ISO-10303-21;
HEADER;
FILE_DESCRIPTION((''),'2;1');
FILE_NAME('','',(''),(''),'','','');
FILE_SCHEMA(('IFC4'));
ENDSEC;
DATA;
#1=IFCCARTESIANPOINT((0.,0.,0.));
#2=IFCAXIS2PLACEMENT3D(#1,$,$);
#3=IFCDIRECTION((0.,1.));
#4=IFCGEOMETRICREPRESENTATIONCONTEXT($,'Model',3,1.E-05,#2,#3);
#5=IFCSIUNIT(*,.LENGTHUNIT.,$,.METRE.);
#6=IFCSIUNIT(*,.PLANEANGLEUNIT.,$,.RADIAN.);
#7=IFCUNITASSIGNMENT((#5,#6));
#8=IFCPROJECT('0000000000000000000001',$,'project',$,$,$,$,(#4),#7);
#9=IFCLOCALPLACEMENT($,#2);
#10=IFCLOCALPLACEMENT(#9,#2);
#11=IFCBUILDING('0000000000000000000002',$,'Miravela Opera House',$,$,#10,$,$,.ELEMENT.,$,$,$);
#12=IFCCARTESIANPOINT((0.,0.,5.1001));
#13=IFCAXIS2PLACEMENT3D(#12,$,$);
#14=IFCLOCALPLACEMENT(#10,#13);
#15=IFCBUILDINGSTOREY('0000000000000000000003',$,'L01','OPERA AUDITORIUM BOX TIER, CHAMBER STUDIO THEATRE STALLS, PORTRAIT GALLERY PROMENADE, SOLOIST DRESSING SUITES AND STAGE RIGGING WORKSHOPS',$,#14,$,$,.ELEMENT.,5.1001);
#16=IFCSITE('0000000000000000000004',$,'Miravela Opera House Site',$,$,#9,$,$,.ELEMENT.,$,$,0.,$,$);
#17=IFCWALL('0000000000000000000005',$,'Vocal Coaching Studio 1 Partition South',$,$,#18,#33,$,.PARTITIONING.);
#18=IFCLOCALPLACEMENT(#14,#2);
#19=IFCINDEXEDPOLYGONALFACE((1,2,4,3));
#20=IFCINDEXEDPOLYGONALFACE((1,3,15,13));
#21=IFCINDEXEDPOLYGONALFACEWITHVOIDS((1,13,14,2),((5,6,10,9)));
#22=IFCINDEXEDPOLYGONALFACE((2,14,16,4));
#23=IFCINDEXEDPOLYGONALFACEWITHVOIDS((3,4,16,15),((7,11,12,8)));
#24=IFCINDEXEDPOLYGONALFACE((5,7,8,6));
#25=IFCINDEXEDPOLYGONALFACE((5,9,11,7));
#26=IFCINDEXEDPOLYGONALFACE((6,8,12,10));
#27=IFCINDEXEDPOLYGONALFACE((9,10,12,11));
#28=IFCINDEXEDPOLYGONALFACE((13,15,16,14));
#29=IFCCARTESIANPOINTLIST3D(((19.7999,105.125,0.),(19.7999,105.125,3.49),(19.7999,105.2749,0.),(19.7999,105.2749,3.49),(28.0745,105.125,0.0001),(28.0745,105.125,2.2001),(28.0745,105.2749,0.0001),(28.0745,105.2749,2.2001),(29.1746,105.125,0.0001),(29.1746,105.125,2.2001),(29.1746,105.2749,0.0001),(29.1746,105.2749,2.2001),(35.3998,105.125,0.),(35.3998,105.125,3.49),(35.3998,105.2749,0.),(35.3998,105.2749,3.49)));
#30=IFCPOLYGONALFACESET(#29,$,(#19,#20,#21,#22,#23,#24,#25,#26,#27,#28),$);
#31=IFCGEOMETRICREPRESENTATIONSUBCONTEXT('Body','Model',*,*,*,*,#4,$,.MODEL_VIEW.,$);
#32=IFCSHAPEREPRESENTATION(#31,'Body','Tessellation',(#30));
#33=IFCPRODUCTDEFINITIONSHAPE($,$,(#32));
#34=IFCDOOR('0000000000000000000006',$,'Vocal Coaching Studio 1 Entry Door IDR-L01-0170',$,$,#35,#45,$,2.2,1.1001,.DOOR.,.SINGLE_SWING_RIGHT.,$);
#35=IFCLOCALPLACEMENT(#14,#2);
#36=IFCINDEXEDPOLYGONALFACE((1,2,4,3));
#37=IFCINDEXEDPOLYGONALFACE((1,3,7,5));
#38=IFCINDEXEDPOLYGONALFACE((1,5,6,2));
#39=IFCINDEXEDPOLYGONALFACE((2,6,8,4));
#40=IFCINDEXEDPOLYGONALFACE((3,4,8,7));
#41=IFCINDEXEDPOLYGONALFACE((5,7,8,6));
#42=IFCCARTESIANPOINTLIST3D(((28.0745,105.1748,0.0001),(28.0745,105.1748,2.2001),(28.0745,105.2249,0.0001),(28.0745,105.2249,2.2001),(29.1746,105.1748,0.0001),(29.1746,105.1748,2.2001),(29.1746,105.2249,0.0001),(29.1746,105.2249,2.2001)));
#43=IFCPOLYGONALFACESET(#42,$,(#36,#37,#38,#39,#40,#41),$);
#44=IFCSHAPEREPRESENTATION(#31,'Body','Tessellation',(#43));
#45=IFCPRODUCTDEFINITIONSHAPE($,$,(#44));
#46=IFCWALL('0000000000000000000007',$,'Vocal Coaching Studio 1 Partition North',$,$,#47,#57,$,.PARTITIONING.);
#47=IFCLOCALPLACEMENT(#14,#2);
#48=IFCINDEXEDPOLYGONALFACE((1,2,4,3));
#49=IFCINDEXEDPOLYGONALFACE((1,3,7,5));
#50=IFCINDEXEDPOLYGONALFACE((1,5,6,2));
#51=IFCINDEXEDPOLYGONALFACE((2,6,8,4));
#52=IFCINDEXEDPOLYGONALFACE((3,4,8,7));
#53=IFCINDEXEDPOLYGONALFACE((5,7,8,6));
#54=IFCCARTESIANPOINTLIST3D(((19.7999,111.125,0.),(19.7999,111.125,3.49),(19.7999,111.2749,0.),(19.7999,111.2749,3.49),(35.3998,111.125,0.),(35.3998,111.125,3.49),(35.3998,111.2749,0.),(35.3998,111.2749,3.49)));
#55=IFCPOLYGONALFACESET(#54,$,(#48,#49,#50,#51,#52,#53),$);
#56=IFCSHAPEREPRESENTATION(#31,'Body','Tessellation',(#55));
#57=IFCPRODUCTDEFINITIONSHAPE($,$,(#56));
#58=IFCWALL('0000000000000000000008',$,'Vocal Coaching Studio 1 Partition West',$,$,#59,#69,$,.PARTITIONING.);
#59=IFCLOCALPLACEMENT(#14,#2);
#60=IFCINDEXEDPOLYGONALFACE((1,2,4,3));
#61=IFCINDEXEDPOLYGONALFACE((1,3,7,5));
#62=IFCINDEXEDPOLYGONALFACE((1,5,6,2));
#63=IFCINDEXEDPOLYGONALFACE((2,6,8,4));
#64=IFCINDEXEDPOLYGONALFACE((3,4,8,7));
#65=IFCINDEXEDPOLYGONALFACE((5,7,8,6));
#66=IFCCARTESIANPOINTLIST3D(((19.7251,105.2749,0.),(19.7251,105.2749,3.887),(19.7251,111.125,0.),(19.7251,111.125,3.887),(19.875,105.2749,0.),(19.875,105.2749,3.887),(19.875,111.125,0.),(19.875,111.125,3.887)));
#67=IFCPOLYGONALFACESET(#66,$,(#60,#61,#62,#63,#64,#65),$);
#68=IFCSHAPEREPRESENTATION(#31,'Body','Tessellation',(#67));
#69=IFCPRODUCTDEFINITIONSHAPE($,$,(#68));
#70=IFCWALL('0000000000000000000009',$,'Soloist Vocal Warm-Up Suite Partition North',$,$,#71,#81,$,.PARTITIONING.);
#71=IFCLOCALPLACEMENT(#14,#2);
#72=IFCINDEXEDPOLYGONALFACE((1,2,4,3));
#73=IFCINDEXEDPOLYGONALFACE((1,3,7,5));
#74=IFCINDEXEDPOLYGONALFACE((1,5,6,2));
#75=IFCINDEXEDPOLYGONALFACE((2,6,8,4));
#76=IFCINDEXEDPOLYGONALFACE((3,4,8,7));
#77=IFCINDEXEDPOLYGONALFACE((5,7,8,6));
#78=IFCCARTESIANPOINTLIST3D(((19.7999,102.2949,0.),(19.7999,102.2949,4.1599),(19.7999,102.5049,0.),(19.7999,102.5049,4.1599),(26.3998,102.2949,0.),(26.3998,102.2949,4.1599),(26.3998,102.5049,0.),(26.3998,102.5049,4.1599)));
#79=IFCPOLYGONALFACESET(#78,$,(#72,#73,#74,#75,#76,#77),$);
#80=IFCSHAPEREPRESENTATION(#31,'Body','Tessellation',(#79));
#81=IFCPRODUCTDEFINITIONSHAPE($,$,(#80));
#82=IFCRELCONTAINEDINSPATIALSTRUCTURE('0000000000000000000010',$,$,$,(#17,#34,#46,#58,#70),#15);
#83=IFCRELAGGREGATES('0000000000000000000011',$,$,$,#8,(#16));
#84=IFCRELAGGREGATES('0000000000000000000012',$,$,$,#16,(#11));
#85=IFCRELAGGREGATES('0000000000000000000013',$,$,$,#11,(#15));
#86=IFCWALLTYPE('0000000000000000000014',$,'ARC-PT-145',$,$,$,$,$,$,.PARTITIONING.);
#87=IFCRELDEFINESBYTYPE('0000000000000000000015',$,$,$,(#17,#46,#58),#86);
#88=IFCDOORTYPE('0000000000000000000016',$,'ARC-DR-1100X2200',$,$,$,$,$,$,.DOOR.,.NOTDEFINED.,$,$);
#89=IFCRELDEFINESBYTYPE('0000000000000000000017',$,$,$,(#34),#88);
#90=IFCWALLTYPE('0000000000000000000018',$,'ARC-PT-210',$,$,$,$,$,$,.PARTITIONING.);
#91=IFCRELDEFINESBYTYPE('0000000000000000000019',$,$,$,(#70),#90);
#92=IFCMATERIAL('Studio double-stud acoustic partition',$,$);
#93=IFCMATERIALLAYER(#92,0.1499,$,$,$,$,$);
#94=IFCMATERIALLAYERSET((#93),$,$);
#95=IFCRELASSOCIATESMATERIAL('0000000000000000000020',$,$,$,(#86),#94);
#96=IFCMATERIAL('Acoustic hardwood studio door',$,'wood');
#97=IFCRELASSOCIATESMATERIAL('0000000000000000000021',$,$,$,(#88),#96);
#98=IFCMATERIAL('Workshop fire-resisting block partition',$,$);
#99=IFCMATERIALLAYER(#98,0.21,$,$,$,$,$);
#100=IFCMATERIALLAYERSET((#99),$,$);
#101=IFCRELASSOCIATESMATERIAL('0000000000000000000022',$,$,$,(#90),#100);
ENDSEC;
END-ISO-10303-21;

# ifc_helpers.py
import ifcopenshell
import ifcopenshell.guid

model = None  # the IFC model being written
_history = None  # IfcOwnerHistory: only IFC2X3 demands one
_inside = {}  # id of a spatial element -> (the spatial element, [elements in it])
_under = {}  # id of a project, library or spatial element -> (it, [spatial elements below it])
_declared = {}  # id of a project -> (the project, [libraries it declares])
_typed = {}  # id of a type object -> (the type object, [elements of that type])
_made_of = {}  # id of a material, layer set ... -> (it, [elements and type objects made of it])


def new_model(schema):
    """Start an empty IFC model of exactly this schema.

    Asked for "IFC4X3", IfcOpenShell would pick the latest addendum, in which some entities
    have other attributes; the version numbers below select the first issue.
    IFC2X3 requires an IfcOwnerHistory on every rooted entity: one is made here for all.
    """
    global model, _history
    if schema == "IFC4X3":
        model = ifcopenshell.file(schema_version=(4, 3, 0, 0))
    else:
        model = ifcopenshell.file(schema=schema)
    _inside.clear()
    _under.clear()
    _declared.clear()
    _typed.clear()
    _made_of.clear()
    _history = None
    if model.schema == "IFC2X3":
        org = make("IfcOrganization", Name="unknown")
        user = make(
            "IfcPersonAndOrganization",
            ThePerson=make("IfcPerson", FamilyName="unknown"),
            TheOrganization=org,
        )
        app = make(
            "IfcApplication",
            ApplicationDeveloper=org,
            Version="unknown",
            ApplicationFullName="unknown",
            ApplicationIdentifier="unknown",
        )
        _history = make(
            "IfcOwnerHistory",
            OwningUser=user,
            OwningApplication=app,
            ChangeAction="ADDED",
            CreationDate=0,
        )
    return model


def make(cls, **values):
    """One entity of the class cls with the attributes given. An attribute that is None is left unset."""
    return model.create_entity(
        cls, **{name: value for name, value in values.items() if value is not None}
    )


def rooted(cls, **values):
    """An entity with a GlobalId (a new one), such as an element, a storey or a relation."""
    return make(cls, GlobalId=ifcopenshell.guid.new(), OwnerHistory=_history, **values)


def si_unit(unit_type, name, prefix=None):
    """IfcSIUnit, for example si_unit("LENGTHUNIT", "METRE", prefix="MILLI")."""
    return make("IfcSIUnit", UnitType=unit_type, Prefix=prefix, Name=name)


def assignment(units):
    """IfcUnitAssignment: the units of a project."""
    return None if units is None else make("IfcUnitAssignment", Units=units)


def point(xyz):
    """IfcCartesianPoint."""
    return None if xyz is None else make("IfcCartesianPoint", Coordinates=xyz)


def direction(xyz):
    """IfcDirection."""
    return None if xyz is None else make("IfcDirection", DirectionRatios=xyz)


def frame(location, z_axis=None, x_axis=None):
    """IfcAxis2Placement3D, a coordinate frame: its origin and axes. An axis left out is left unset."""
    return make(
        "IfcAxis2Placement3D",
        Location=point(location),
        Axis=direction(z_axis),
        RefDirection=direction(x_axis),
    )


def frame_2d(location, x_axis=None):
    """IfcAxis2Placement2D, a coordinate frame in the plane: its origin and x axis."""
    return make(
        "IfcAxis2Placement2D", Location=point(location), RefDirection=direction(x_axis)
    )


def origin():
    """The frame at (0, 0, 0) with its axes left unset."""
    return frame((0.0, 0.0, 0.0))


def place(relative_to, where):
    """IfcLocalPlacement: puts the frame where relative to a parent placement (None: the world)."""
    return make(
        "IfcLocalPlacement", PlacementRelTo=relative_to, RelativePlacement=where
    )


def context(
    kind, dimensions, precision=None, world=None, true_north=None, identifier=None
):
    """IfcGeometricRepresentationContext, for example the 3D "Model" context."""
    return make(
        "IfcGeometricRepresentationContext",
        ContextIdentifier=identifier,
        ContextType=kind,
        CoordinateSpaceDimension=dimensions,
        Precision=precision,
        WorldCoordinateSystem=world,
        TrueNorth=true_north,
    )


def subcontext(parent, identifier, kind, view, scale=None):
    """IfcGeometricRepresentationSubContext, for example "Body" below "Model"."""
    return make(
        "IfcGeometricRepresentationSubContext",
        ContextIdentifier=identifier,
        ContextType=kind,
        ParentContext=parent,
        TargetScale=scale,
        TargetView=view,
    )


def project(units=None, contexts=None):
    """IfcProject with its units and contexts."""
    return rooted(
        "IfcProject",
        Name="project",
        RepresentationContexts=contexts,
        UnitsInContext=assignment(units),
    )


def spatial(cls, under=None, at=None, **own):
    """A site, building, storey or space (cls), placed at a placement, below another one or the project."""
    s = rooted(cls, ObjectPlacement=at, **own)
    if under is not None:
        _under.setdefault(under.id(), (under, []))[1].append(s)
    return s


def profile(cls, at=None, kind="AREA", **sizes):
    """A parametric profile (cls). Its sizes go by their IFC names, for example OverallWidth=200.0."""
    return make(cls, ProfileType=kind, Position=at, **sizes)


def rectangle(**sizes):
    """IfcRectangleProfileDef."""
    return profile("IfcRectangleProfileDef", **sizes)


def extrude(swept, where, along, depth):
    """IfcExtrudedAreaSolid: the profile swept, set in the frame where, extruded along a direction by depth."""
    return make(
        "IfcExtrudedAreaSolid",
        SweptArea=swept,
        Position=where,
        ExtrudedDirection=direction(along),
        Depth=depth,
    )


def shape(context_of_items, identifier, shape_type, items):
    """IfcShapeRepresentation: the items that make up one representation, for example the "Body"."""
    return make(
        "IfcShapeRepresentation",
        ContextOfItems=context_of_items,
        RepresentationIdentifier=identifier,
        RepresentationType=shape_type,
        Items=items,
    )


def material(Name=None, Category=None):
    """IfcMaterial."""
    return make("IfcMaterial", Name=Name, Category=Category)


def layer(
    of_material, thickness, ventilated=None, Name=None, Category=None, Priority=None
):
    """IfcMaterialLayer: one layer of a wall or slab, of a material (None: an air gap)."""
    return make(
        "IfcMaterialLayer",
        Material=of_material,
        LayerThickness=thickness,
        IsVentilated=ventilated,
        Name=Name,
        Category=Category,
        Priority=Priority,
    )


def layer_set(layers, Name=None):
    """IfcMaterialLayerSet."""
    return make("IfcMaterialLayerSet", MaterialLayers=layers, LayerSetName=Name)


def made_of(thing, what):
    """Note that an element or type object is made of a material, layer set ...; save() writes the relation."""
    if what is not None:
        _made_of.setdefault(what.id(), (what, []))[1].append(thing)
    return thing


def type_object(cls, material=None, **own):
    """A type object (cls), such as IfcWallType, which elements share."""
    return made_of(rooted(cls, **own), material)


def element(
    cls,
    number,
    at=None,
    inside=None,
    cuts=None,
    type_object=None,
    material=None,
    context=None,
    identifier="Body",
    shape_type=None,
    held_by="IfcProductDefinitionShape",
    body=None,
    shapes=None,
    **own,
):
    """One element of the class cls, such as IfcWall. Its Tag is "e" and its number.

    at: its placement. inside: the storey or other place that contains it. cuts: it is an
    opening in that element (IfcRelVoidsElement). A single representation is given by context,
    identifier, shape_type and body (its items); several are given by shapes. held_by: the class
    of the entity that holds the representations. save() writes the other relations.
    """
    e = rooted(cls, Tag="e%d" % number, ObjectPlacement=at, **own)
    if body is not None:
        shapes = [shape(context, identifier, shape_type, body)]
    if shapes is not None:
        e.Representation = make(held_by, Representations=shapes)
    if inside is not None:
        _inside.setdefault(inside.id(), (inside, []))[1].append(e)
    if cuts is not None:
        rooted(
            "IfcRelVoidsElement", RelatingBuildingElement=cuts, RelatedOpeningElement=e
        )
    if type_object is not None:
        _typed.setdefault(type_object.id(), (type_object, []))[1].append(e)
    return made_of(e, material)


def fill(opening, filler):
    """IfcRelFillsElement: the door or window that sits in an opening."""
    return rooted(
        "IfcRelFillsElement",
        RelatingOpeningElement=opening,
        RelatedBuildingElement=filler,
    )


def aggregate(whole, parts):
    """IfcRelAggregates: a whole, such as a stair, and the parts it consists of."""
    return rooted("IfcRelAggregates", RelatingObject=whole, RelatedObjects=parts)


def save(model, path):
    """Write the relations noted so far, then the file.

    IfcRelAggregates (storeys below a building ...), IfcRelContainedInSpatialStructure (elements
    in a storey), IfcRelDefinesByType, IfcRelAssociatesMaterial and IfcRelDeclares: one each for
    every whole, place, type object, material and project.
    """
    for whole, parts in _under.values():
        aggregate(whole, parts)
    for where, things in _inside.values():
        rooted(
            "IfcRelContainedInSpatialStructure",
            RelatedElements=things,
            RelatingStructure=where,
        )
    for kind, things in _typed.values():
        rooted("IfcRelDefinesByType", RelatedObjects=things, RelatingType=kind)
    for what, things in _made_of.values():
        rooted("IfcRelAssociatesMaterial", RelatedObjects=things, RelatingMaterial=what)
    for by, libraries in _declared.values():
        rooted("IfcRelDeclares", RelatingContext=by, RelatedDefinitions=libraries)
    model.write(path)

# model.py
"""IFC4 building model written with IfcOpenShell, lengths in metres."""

from ifc_helpers import new_model, si_unit, direction, frame, frame_2d, origin, place, context, subcontext, project, spatial, rectangle, extrude, material, layer, layer_set, type_object, element, fill, save


model = new_model("IFC4")

# Units and contexts
model_context = context("Model", 3, precision=1e-05, world=origin(), true_north=direction((0.0, 1.0)))
body_context = subcontext(model_context, "Body", "Model", "MODEL_VIEW")
ifc_project = project(units=[si_unit("LENGTHUNIT", "METRE"), si_unit("PLANEANGLEUNIT", "RADIAN")], contexts=[model_context])

# Site, building, storey
site_placement = place(None, origin())
site = spatial("IfcSite", under=ifc_project, at=site_placement, Name="Miravela Opera House Site", CompositionType="ELEMENT", RefElevation=0.0)
building_placement = place(site_placement, origin())
building = spatial("IfcBuilding", under=site, at=building_placement, Name="Miravela Opera House", CompositionType="ELEMENT")
storey_placement = place(building_placement, frame((0.0, 0.0, 5.1001)))
storey = spatial("IfcBuildingStorey", under=building, at=storey_placement, Name="L01", Description="OPERA AUDITORIUM BOX TIER, CHAMBER STUDIO THEATRE STALLS, PORTRAIT GALLERY PROMENADE, SOLOIST DRESSING SUITES AND STAGE RIGGING WORKSHOPS", CompositionType="ELEMENT", Elevation=5.1001)

# Wall, opening, door
ifc_material_1 = material(Name="Studio double-stud acoustic partition")
ifc_layer_1 = layer(ifc_material_1, 0.1499)
ifc_layer_set_1 = layer_set([ifc_layer_1])
wall_type_1 = type_object("IfcWallType", Name="ARC-PT-145", PredefinedType="PARTITIONING", material=ifc_layer_set_1)
wall_1_placement = place(storey_placement, frame((19.8, 105.2, 0.0), z_axis=(0.0, 0.0, 1.0), x_axis=(1.0, 0.0, 0.0)))
wall_1 = element("IfcWall", 1, at=wall_1_placement, inside=storey, type_object=wall_type_1, Name="Vocal Coaching Studio 1 Partition South", PredefinedType="PARTITIONING", context=body_context, shape_type="SweptSolid", body=[
    extrude(rectangle(XDim=15.5999, YDim=0.1499, at=frame_2d((7.7998, 0.0))), origin(), (0.0, 0.0, 1.0), 3.49),
])
opening_placement = place(wall_1_placement, frame((8.2744, 0.0, 0.0)))
opening = element("IfcOpeningElement", 2, at=opening_placement, cuts=wall_1, PredefinedType="OPENING", context=body_context, shape_type="SweptSolid", body=[
    extrude(rectangle(XDim=1.1001, YDim=2.2, at=frame_2d((0.55, 1.1001))), frame((0.0, 0.085, 0.0), z_axis=(0.0, -1.0, 0.0), x_axis=(1.0, 0.0, 0.0)), (0.0, 0.0, 1.0), 0.1699),
])
ifc_material_2 = material(Name="Acoustic hardwood studio door", Category="wood")
door_type = type_object("IfcDoorType", Name="ARC-DR-1100X2200", OperationType="NOTDEFINED", PredefinedType="DOOR", material=ifc_material_2)
door_placement = place(opening_placement, origin())
door = element("IfcDoor", 3, at=door_placement, inside=storey, type_object=door_type, Name="Vocal Coaching Studio 1 Entry Door IDR-L01-0170", OperationType="SINGLE_SWING_RIGHT", OverallHeight=2.2, OverallWidth=1.1001, PredefinedType="DOOR", context=body_context, shape_type="SweptSolid", body=[
    extrude(rectangle(XDim=1.1001, YDim=2.2, at=frame_2d((0.55, 1.1001))), frame((0.0, 0.0249, 0.0), z_axis=(0.0, -1.0, 0.0), x_axis=(1.0, 0.0, 0.0)), (0.0, 0.0, 1.0), 0.05),
])
fill(opening, door)

# Walls
wall_2_placement = place(storey_placement, frame((19.8, 111.2, 0.0), z_axis=(0.0, 0.0, 1.0), x_axis=(1.0, 0.0, 0.0)))
element("IfcWall", 4, at=wall_2_placement, inside=storey, type_object=wall_type_1, Name="Vocal Coaching Studio 1 Partition North", PredefinedType="PARTITIONING", context=body_context, shape_type="SweptSolid", body=[
    extrude(rectangle(XDim=15.5999, YDim=0.1499, at=frame_2d((7.7998, 0.0))), origin(), (0.0, 0.0, 1.0), 3.49),
])
wall_3_placement = place(storey_placement, frame((19.8, 105.2749, 0.0), z_axis=(0.0, 0.0, 1.0), x_axis=(0.0, 1.0, 0.0)))
element("IfcWall", 5, at=wall_3_placement, inside=storey, type_object=wall_type_1, Name="Vocal Coaching Studio 1 Partition West", PredefinedType="PARTITIONING", context=body_context, shape_type="SweptSolid", body=[
    extrude(rectangle(XDim=5.8501, YDim=0.1499, at=frame_2d((2.925, 0.0))), origin(), (0.0, 0.0, 1.0), 3.887),
])
ifc_material_3 = material(Name="Workshop fire-resisting block partition")
ifc_layer_2 = layer(ifc_material_3, 0.21)
ifc_layer_set_2 = layer_set([ifc_layer_2])
wall_type_2 = type_object("IfcWallType", Name="ARC-PT-210", PredefinedType="PARTITIONING", material=ifc_layer_set_2)
wall_4_placement = place(storey_placement, frame((19.8, 102.3999, 0.0), z_axis=(0.0, 0.0, 1.0), x_axis=(1.0, 0.0, 0.0)))
element("IfcWall", 6, at=wall_4_placement, inside=storey, type_object=wall_type_2, Name="Soloist Vocal Warm-Up Suite Partition North", PredefinedType="PARTITIONING", context=body_context, shape_type="SweptSolid", body=[
    extrude(rectangle(XDim=6.5999, YDim=0.21, at=frame_2d((3.2998, 0.0))), origin(), (0.0, 0.0, 1.0), 4.1599),
])

save(model, "model.ifc")
